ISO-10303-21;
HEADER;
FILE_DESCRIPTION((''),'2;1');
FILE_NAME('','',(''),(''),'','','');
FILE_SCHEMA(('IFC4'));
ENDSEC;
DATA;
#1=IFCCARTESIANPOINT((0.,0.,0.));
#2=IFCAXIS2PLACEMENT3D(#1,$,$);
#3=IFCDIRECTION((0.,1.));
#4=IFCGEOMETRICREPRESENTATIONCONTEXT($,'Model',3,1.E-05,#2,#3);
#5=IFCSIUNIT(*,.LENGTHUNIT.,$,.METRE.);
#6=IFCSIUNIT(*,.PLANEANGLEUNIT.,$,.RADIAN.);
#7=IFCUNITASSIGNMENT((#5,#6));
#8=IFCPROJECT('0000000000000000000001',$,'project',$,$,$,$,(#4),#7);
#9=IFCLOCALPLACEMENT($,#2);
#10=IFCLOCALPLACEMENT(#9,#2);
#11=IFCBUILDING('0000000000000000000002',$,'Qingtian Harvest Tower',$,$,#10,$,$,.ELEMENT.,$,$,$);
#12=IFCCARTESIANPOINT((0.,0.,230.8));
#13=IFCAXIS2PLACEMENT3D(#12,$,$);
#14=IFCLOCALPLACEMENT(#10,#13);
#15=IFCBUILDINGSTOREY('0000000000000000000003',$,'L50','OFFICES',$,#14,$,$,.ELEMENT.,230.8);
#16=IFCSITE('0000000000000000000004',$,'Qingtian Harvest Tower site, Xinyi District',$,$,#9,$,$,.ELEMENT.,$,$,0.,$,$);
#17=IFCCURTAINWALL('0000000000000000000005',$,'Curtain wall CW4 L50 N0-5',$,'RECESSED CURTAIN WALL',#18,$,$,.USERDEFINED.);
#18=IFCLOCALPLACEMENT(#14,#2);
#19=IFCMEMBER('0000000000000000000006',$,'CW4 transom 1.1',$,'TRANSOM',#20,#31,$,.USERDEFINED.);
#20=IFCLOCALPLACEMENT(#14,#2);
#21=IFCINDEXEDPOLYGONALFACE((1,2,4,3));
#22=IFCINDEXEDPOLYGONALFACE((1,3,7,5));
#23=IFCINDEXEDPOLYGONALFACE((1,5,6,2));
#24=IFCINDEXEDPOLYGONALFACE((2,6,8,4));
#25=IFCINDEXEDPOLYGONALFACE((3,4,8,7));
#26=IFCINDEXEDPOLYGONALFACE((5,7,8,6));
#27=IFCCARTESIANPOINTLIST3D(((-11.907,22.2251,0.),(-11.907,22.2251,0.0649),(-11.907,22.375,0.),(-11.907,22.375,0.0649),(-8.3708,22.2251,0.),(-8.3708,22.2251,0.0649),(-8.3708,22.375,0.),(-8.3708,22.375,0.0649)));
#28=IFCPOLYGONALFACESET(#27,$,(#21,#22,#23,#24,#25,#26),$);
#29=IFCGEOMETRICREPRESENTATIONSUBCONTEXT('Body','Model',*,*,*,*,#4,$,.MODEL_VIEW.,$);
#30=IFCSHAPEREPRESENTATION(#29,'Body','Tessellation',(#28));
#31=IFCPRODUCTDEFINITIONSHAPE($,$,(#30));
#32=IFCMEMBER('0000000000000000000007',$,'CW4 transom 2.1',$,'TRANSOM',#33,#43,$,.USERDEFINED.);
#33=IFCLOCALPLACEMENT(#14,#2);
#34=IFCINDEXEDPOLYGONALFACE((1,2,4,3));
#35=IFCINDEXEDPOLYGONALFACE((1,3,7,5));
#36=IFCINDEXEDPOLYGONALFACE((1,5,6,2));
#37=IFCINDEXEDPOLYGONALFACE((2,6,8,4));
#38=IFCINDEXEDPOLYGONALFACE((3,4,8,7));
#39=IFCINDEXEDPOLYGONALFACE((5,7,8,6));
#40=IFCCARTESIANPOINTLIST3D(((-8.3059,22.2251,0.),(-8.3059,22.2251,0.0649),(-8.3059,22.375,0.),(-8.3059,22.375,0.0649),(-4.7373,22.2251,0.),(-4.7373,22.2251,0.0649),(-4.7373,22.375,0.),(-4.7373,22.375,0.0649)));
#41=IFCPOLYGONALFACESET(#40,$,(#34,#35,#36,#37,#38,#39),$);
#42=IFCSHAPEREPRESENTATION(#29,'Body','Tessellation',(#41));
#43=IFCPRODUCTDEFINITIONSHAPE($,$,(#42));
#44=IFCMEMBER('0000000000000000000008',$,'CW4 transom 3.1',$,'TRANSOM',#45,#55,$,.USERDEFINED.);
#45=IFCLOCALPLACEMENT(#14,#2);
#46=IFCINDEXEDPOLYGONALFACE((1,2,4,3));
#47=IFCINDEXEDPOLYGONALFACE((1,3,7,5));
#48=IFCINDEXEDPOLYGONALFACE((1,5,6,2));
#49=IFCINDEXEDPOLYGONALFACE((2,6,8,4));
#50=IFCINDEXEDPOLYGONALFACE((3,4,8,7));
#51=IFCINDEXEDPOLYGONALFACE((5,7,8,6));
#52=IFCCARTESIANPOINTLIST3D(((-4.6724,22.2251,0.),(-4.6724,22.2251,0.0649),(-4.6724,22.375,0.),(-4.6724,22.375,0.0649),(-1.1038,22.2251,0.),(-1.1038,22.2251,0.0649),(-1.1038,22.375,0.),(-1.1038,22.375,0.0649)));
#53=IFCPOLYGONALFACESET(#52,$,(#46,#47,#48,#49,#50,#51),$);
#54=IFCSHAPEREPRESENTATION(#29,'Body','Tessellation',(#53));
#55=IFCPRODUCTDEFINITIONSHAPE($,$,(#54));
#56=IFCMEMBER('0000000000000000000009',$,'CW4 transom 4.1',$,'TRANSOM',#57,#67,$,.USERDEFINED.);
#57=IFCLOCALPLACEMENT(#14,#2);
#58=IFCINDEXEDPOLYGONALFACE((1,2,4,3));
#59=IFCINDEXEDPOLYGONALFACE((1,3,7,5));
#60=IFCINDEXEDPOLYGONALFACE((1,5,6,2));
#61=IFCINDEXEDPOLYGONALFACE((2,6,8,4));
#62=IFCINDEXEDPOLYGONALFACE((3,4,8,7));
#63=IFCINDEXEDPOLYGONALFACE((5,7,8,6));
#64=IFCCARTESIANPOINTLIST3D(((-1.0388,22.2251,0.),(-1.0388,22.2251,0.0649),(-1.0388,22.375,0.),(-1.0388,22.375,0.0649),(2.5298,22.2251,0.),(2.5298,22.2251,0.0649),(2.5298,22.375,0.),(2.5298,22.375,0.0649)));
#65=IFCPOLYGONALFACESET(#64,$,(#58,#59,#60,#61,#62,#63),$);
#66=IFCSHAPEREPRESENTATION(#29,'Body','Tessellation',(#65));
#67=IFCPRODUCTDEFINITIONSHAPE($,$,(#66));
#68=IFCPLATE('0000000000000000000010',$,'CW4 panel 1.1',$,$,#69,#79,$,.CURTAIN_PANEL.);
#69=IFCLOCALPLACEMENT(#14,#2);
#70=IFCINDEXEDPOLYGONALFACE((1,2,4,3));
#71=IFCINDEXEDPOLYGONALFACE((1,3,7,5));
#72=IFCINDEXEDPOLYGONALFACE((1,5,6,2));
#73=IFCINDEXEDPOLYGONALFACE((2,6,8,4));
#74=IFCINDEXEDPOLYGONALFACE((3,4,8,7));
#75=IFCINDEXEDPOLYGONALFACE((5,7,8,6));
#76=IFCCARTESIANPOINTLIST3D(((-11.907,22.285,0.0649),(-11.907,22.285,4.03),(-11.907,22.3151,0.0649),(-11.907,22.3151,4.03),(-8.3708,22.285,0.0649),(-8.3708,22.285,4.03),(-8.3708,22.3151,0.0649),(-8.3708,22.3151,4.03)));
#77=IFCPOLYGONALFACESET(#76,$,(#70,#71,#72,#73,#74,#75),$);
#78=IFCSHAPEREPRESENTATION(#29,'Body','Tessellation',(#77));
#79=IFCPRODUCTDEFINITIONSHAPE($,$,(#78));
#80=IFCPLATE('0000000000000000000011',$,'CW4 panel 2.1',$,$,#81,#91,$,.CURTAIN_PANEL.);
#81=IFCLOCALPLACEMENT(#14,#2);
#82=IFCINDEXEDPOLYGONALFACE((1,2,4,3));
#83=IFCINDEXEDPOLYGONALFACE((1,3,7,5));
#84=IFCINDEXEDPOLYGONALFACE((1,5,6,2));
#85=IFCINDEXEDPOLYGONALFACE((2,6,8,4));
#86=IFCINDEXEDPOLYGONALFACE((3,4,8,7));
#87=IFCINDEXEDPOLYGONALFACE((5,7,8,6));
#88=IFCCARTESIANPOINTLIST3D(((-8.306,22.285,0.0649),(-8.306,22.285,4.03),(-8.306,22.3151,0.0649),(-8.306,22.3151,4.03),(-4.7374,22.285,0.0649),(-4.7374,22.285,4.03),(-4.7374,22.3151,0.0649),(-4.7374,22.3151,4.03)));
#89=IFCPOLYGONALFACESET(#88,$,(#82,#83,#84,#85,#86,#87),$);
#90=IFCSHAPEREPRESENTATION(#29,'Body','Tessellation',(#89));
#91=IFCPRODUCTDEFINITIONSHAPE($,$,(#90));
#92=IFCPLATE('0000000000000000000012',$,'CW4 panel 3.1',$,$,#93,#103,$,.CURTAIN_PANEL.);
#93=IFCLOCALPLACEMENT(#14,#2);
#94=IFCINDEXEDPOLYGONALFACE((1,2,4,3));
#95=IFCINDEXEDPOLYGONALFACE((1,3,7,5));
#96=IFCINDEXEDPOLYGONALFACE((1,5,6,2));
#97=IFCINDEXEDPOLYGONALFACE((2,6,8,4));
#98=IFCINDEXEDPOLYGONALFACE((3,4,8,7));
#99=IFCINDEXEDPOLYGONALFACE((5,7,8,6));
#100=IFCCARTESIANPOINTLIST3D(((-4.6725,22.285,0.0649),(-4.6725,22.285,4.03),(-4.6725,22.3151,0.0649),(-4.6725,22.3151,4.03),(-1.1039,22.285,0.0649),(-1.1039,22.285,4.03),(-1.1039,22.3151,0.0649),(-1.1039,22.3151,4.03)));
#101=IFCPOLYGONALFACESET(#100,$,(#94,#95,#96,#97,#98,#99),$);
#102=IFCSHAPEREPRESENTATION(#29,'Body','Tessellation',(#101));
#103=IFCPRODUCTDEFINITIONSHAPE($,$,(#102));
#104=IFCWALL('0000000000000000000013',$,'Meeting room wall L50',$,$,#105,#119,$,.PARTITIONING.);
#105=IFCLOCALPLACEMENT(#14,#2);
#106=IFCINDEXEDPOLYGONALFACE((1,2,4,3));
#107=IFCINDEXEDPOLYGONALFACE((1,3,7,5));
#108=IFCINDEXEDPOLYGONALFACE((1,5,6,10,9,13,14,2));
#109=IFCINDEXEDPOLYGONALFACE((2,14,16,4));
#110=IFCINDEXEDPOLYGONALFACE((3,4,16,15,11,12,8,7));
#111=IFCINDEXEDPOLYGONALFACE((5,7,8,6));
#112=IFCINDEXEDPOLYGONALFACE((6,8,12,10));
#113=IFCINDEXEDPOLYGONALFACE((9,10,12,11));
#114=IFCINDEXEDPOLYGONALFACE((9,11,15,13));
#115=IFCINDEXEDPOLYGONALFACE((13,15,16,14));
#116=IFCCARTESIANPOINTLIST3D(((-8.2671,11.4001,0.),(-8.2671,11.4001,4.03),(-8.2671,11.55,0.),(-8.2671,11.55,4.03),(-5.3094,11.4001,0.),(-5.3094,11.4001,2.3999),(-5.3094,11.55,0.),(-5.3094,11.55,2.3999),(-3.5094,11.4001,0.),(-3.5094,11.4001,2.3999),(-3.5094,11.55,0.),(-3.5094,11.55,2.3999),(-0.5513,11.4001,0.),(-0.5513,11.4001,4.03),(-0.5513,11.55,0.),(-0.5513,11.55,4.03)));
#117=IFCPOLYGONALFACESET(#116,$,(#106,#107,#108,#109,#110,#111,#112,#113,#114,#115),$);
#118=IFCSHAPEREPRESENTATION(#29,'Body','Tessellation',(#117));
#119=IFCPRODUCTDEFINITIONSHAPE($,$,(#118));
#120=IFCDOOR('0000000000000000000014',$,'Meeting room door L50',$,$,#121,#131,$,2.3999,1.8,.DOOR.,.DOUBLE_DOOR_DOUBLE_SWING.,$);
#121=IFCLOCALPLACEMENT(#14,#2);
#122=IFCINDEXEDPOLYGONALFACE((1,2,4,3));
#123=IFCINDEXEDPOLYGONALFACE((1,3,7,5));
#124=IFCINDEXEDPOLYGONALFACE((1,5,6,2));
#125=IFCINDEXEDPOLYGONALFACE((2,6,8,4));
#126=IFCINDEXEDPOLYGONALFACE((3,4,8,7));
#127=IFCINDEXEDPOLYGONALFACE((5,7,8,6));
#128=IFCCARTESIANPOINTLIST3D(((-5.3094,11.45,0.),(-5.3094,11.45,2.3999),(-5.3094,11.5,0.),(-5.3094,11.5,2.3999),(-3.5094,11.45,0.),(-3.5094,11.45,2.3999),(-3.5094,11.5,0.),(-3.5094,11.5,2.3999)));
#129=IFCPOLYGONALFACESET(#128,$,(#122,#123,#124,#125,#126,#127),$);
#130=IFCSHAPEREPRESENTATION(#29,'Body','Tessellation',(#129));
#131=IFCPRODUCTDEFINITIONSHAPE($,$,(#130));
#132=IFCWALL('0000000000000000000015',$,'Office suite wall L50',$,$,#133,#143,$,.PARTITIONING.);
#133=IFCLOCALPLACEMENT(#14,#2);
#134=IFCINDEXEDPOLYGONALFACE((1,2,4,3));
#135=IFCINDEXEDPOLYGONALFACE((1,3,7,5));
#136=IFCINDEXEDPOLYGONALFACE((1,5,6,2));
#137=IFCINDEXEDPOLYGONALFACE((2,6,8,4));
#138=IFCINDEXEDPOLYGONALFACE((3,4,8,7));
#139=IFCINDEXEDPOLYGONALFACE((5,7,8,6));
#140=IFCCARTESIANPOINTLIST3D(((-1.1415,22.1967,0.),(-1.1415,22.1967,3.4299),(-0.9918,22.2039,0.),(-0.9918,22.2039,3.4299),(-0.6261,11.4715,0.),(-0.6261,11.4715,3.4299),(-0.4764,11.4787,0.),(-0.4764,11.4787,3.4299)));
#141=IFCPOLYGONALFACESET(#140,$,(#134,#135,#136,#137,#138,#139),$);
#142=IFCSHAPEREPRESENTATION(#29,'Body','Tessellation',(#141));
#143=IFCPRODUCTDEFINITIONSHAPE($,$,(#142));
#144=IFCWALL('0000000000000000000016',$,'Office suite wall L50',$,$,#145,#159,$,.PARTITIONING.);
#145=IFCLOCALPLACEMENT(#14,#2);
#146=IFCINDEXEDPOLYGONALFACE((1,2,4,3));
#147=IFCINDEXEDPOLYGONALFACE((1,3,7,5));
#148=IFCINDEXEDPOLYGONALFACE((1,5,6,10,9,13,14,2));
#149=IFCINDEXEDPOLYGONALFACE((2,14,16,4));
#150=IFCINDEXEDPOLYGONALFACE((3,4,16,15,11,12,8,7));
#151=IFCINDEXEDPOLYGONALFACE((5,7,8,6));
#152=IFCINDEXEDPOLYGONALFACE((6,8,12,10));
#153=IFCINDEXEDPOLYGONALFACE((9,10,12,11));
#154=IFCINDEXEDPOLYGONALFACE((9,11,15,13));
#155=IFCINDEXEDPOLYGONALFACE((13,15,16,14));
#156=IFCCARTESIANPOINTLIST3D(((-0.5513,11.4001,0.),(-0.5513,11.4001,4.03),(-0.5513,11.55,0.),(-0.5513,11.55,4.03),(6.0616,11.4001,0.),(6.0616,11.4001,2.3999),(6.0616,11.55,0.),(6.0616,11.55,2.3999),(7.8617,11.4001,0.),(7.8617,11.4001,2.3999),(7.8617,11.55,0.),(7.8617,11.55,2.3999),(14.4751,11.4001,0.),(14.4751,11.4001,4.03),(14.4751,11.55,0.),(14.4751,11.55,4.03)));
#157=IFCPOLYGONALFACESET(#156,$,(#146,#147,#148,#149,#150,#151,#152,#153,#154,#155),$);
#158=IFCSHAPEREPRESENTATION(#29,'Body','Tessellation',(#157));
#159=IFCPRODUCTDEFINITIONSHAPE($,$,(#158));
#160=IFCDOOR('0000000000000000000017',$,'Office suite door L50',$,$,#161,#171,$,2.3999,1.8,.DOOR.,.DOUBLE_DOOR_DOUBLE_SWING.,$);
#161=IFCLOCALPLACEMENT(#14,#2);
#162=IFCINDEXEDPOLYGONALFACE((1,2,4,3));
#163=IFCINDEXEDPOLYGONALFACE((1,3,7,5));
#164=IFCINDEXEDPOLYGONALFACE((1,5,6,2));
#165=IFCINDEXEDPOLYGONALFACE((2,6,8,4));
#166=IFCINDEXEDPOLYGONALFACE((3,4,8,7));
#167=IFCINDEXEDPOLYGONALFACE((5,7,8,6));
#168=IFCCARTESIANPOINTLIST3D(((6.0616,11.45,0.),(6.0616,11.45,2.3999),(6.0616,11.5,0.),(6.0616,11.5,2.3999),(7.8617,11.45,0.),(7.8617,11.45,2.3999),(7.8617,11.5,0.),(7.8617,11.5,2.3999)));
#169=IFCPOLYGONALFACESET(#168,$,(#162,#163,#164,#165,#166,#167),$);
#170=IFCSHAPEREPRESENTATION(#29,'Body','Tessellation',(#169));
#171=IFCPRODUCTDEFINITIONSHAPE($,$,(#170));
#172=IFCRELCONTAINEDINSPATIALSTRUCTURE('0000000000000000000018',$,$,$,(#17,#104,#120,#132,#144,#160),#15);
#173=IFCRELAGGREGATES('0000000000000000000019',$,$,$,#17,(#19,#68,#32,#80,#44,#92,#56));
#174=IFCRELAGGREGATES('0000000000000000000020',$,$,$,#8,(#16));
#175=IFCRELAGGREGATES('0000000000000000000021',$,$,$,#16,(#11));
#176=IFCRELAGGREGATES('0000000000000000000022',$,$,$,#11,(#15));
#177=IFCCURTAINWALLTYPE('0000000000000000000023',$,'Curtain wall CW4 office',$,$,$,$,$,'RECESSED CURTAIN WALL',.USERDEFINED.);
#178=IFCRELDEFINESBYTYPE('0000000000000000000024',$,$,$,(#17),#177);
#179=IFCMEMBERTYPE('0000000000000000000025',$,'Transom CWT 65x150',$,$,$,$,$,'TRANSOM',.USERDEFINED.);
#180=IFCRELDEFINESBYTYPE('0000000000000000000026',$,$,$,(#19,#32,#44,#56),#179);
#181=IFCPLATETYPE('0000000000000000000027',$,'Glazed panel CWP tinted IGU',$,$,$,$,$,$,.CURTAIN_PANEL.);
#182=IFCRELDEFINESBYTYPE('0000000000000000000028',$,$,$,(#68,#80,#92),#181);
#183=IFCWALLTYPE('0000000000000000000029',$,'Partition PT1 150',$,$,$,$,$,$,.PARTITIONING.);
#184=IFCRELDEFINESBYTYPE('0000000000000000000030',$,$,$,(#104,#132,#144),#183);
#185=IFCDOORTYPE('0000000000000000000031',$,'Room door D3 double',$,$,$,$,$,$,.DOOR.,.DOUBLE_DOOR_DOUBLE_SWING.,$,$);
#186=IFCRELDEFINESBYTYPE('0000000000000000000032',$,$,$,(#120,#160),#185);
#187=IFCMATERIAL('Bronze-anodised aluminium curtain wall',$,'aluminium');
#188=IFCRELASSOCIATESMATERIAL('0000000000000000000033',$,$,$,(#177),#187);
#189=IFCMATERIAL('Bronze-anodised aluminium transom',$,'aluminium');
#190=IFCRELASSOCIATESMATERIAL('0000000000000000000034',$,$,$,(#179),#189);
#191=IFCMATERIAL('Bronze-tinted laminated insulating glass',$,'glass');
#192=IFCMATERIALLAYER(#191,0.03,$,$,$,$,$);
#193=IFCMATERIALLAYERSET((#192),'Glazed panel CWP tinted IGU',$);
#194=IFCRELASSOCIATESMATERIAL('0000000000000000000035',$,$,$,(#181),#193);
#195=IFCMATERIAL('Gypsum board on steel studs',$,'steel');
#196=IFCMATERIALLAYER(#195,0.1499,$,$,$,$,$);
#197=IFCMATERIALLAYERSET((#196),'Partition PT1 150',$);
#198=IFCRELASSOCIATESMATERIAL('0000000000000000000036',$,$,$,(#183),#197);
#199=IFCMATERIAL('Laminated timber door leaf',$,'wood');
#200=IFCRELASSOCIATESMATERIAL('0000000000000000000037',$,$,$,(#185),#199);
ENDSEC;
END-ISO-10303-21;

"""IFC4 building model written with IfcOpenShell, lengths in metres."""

from ifc_helpers import new_model, si_unit, direction, frame, frame_2d, origin, origin_2d, place, context, subcontext, project, spatial, rectangle, extrude, material, layer, layer_set, material_profile, profile_set, type_object, element, fill, aggregate, save


model = new_model("IFC4")

# Units and contexts
model_context = context("Model", 3, precision=1e-05, world=origin(), true_north=direction((0.0, 1.0)))
body_context = subcontext(model_context, "Body", "Model", "MODEL_VIEW")
ifc_project = project(units=[si_unit("LENGTHUNIT", "METRE"), si_unit("PLANEANGLEUNIT", "RADIAN")], contexts=[model_context])

# Site, building, storey
site_placement = place(None, origin())
site = spatial("IfcSite", under=ifc_project, at=site_placement, Name="Qingtian Harvest Tower site, Xinyi District", CompositionType="ELEMENT", RefElevation=0.0)
building_placement = place(site_placement, origin())
building = spatial("IfcBuilding", under=site, at=building_placement, Name="Qingtian Harvest Tower", CompositionType="ELEMENT")
storey_placement = place(building_placement, frame((0.0, 0.0, 230.8)))
storey = spatial("IfcBuildingStorey", under=building, at=storey_placement, Name="L50", Description="OFFICES", CompositionType="ELEMENT", Elevation=230.8)

# Curtain wall
ifc_material_1 = material(Name="Bronze-anodised aluminium curtain wall", Category="aluminium")
curtain_wall_type = type_object("IfcCurtainWallType", Name="Curtain wall CW4 office", ElementType="RECESSED CURTAIN WALL", PredefinedType="USERDEFINED", material=ifc_material_1)
curtain_wall_1_placement = place(storey_placement, origin())
curtain_wall_1 = element("IfcCurtainWall", 1, at=curtain_wall_1_placement, inside=storey, type_object=curtain_wall_type, Name="Curtain wall CW4 L50 N0-5", ObjectType="RECESSED CURTAIN WALL", PredefinedType="USERDEFINED")

# Members
ifc_material_2 = material(Name="Bronze-anodised aluminium transom", Category="aluminium")
ifc_material_profile_1 = material_profile(ifc_material_2, rectangle(XDim=0.1499, YDim=0.0649, at=origin_2d()), Name="AL 65x150")
ifc_profile_set_1 = profile_set([ifc_material_profile_1], Name="Bronze-anodised aluminium transom")
member_type_1 = type_object("IfcMemberType", Name="Transom CWT 65x150", ElementType="TRANSOM", PredefinedType="USERDEFINED", material=ifc_profile_set_1)
member_1_placement = place(storey_placement, frame((-11.907, 22.3, 0.0325), z_axis=(1.0, 0.0, 0.0), x_axis=(0.0, 1.0, 0.0)))
member_1 = element("IfcMember", 2, at=member_1_placement, type_object=member_type_1, Name="CW4 transom 1.1", ObjectType="TRANSOM", PredefinedType="USERDEFINED", context=body_context, shape_type="SweptSolid", body=[
    extrude(rectangle(XDim=0.1499, YDim=0.0649, at=origin_2d()), origin(), (0.0, 0.0, 1.0), 3.5361),
])
member_2_placement = place(storey_placement, frame((-8.3059, 22.3, 0.0325), z_axis=(1.0, 0.0, 0.0), x_axis=(0.0, 1.0, 0.0)))
member_2 = element("IfcMember", 3, at=member_2_placement, type_object=member_type_1, Name="CW4 transom 2.1", ObjectType="TRANSOM", PredefinedType="USERDEFINED", context=body_context, shape_type="SweptSolid", body=[
    extrude(rectangle(XDim=0.1499, YDim=0.0649, at=origin_2d()), origin(), (0.0, 0.0, 1.0), 3.5686),
])
member_3_placement = place(storey_placement, frame((-4.6724, 22.3, 0.0325), z_axis=(1.0, 0.0, 0.0), x_axis=(0.0, 1.0, 0.0)))
member_3 = element("IfcMember", 4, at=member_3_placement, type_object=member_type_1, Name="CW4 transom 3.1", ObjectType="TRANSOM", PredefinedType="USERDEFINED", context=body_context, shape_type="SweptSolid", body=[
    extrude(rectangle(XDim=0.1499, YDim=0.0649, at=origin_2d()), origin(), (0.0, 0.0, 1.0), 3.5686),
])
member_4_placement = place(storey_placement, frame((-1.0388, 22.3, 0.0325), z_axis=(1.0, 0.0, 0.0), x_axis=(0.0, 1.0, 0.0)))
member_4 = element("IfcMember", 5, at=member_4_placement, type_object=member_type_1, Name="CW4 transom 4.1", ObjectType="TRANSOM", PredefinedType="USERDEFINED", context=body_context, shape_type="SweptSolid", body=[
    extrude(rectangle(XDim=0.1499, YDim=0.0649, at=origin_2d()), origin(), (0.0, 0.0, 1.0), 3.5686),
])

# Plates
ifc_material_3 = material(Name="Bronze-tinted laminated insulating glass", Category="glass")
ifc_layer_1 = layer(ifc_material_3, 0.03)
ifc_layer_set_1 = layer_set([ifc_layer_1], Name="Glazed panel CWP tinted IGU")
plate_type = type_object("IfcPlateType", Name="Glazed panel CWP tinted IGU", PredefinedType="CURTAIN_PANEL", material=ifc_layer_set_1)
plate_1_placement = place(storey_placement, frame((-10.1389, 22.3, 0.0649), z_axis=(0.0, 0.0, 1.0), x_axis=(1.0, 0.0, 0.0)))
plate_1 = element("IfcPlate", 6, at=plate_1_placement, type_object=plate_type, Name="CW4 panel 1.1", PredefinedType="CURTAIN_PANEL", context=body_context, shape_type="SweptSolid", body=[
    extrude(rectangle(XDim=3.5361, YDim=0.03, at=origin_2d()), origin(), (0.0, 0.0, 1.0), 3.9651),
])
plate_2_placement = place(storey_placement, frame((-6.5217, 22.3, 0.0649), z_axis=(0.0, 0.0, 1.0), x_axis=(1.0, 0.0, 0.0)))
plate_2 = element("IfcPlate", 7, at=plate_2_placement, type_object=plate_type, Name="CW4 panel 2.1", PredefinedType="CURTAIN_PANEL", context=body_context, shape_type="SweptSolid", body=[
    extrude(rectangle(XDim=3.5686, YDim=0.03, at=origin_2d()), origin(), (0.0, 0.0, 1.0), 3.9651),
])
plate_3_placement = place(storey_placement, frame((-2.8882, 22.3, 0.0649), z_axis=(0.0, 0.0, 1.0), x_axis=(1.0, 0.0, 0.0)))
plate_3 = element("IfcPlate", 8, at=plate_3_placement, type_object=plate_type, Name="CW4 panel 3.1", PredefinedType="CURTAIN_PANEL", context=body_context, shape_type="SweptSolid", body=[
    extrude(rectangle(XDim=3.5686, YDim=0.03, at=origin_2d()), origin(), (0.0, 0.0, 1.0), 3.9651),
])
aggregate(curtain_wall_1, [member_1, plate_1, member_2, plate_2, member_3, plate_3, member_4])

# Wall, opening, door
ifc_material_4 = material(Name="Gypsum board on steel studs", Category="steel")
ifc_layer_2 = layer(ifc_material_4, 0.1499)
ifc_layer_set_2 = layer_set([ifc_layer_2], Name="Partition PT1 150")
wall_type = type_object("IfcWallType", Name="Partition PT1 150", PredefinedType="PARTITIONING", material=ifc_layer_set_2)
wall_1_placement = place(storey_placement, frame((-8.2671, 11.4751, 0.0), z_axis=(0.0, 0.0, 1.0), x_axis=(1.0, 0.0, 0.0)))
wall_1 = element("IfcWall", 9, at=wall_1_placement, inside=storey, type_object=wall_type, Name="Meeting room wall L50", PredefinedType="PARTITIONING", context=body_context, shape_type="SweptSolid", body=[
    extrude(rectangle(XDim=7.7158, YDim=0.1499, at=frame_2d((3.8579, 0.0))), origin(), (0.0, 0.0, 1.0), 4.03),
])
opening_1_placement = place(wall_1_placement, frame((2.9578, 0.0, 0.0)))
opening_1 = element("IfcOpeningElement", 10, at=opening_1_placement, cuts=wall_1, PredefinedType="OPENING", context=body_context, shape_type="SweptSolid", body=[
    extrude(rectangle(XDim=1.8, YDim=2.3999, at=frame_2d((0.8999, 1.2))), frame((0.0, 0.085, 0.0), z_axis=(0.0, -1.0, 0.0), x_axis=(1.0, 0.0, 0.0)), (0.0, 0.0, 1.0), 0.1699),
])
ifc_material_5 = material(Name="Laminated timber door leaf", Category="wood")
door_type = type_object("IfcDoorType", Name="Room door D3 double", OperationType="DOUBLE_DOOR_DOUBLE_SWING", PredefinedType="DOOR", material=ifc_material_5)
door_1_placement = place(opening_1_placement, origin())
door_1 = element("IfcDoor", 11, at=door_1_placement, inside=storey, type_object=door_type, Name="Meeting room door L50", OperationType="DOUBLE_DOOR_DOUBLE_SWING", OverallHeight=2.3999, OverallWidth=1.8, PredefinedType="DOOR", context=body_context, shape_type="SweptSolid", body=[
    extrude(rectangle(XDim=1.8, YDim=2.3999, at=frame_2d((0.8999, 1.2))), frame((0.0, 0.0249, 0.0), z_axis=(0.0, -1.0, 0.0), x_axis=(1.0, 0.0, 0.0)), (0.0, 0.0, 1.0), 0.05),
])
fill(opening_1, door_1)

# Wall
wall_2_placement = place(storey_placement, frame((-1.0667, 22.2002, 0.0), z_axis=(0.0, 0.0, 1.0), x_axis=(0.047998, -0.998847, 0.0)))
element("IfcWall", 12, at=wall_2_placement, inside=storey, type_object=wall_type, Name="Office suite wall L50", PredefinedType="PARTITIONING", context=body_context, shape_type="SweptSolid", body=[
    extrude(rectangle(XDim=10.7375, YDim=0.1499, at=frame_2d((5.3687, 0.0))), origin(), (0.0, 0.0, 1.0), 3.4299),
])

# Wall, opening, door
wall_3_placement = place(storey_placement, frame((-0.5513, 11.4751, 0.0), z_axis=(0.0, 0.0, 1.0), x_axis=(1.0, 0.0, 0.0)))
wall_3 = element("IfcWall", 13, at=wall_3_placement, inside=storey, type_object=wall_type, Name="Office suite wall L50", PredefinedType="PARTITIONING", context=body_context, shape_type="SweptSolid", body=[
    extrude(rectangle(XDim=15.0264, YDim=0.1499, at=frame_2d((7.5132, 0.0))), origin(), (0.0, 0.0, 1.0), 4.03),
])
opening_2_placement = place(wall_3_placement, frame((6.613, 0.0, 0.0)))
opening_2 = element("IfcOpeningElement", 14, at=opening_2_placement, cuts=wall_3, PredefinedType="OPENING", context=body_context, shape_type="SweptSolid", body=[
    extrude(rectangle(XDim=1.8, YDim=2.3999, at=frame_2d((0.8999, 1.2))), frame((0.0, 0.085, 0.0), z_axis=(0.0, -1.0, 0.0), x_axis=(1.0, 0.0, 0.0)), (0.0, 0.0, 1.0), 0.1699),
])
door_2_placement = place(opening_2_placement, origin())
door_2 = element("IfcDoor", 15, at=door_2_placement, inside=storey, type_object=door_type, Name="Office suite door L50", OperationType="DOUBLE_DOOR_DOUBLE_SWING", OverallHeight=2.3999, OverallWidth=1.8, PredefinedType="DOOR", context=body_context, shape_type="SweptSolid", body=[
    extrude(rectangle(XDim=1.8, YDim=2.3999, at=frame_2d((0.8999, 1.2))), frame((0.0, 0.0249, 0.0), z_axis=(0.0, -1.0, 0.0), x_axis=(1.0, 0.0, 0.0)), (0.0, 0.0, 1.0), 0.05),
])
fill(opening_2, door_2)

save(model, "model.ifc")
